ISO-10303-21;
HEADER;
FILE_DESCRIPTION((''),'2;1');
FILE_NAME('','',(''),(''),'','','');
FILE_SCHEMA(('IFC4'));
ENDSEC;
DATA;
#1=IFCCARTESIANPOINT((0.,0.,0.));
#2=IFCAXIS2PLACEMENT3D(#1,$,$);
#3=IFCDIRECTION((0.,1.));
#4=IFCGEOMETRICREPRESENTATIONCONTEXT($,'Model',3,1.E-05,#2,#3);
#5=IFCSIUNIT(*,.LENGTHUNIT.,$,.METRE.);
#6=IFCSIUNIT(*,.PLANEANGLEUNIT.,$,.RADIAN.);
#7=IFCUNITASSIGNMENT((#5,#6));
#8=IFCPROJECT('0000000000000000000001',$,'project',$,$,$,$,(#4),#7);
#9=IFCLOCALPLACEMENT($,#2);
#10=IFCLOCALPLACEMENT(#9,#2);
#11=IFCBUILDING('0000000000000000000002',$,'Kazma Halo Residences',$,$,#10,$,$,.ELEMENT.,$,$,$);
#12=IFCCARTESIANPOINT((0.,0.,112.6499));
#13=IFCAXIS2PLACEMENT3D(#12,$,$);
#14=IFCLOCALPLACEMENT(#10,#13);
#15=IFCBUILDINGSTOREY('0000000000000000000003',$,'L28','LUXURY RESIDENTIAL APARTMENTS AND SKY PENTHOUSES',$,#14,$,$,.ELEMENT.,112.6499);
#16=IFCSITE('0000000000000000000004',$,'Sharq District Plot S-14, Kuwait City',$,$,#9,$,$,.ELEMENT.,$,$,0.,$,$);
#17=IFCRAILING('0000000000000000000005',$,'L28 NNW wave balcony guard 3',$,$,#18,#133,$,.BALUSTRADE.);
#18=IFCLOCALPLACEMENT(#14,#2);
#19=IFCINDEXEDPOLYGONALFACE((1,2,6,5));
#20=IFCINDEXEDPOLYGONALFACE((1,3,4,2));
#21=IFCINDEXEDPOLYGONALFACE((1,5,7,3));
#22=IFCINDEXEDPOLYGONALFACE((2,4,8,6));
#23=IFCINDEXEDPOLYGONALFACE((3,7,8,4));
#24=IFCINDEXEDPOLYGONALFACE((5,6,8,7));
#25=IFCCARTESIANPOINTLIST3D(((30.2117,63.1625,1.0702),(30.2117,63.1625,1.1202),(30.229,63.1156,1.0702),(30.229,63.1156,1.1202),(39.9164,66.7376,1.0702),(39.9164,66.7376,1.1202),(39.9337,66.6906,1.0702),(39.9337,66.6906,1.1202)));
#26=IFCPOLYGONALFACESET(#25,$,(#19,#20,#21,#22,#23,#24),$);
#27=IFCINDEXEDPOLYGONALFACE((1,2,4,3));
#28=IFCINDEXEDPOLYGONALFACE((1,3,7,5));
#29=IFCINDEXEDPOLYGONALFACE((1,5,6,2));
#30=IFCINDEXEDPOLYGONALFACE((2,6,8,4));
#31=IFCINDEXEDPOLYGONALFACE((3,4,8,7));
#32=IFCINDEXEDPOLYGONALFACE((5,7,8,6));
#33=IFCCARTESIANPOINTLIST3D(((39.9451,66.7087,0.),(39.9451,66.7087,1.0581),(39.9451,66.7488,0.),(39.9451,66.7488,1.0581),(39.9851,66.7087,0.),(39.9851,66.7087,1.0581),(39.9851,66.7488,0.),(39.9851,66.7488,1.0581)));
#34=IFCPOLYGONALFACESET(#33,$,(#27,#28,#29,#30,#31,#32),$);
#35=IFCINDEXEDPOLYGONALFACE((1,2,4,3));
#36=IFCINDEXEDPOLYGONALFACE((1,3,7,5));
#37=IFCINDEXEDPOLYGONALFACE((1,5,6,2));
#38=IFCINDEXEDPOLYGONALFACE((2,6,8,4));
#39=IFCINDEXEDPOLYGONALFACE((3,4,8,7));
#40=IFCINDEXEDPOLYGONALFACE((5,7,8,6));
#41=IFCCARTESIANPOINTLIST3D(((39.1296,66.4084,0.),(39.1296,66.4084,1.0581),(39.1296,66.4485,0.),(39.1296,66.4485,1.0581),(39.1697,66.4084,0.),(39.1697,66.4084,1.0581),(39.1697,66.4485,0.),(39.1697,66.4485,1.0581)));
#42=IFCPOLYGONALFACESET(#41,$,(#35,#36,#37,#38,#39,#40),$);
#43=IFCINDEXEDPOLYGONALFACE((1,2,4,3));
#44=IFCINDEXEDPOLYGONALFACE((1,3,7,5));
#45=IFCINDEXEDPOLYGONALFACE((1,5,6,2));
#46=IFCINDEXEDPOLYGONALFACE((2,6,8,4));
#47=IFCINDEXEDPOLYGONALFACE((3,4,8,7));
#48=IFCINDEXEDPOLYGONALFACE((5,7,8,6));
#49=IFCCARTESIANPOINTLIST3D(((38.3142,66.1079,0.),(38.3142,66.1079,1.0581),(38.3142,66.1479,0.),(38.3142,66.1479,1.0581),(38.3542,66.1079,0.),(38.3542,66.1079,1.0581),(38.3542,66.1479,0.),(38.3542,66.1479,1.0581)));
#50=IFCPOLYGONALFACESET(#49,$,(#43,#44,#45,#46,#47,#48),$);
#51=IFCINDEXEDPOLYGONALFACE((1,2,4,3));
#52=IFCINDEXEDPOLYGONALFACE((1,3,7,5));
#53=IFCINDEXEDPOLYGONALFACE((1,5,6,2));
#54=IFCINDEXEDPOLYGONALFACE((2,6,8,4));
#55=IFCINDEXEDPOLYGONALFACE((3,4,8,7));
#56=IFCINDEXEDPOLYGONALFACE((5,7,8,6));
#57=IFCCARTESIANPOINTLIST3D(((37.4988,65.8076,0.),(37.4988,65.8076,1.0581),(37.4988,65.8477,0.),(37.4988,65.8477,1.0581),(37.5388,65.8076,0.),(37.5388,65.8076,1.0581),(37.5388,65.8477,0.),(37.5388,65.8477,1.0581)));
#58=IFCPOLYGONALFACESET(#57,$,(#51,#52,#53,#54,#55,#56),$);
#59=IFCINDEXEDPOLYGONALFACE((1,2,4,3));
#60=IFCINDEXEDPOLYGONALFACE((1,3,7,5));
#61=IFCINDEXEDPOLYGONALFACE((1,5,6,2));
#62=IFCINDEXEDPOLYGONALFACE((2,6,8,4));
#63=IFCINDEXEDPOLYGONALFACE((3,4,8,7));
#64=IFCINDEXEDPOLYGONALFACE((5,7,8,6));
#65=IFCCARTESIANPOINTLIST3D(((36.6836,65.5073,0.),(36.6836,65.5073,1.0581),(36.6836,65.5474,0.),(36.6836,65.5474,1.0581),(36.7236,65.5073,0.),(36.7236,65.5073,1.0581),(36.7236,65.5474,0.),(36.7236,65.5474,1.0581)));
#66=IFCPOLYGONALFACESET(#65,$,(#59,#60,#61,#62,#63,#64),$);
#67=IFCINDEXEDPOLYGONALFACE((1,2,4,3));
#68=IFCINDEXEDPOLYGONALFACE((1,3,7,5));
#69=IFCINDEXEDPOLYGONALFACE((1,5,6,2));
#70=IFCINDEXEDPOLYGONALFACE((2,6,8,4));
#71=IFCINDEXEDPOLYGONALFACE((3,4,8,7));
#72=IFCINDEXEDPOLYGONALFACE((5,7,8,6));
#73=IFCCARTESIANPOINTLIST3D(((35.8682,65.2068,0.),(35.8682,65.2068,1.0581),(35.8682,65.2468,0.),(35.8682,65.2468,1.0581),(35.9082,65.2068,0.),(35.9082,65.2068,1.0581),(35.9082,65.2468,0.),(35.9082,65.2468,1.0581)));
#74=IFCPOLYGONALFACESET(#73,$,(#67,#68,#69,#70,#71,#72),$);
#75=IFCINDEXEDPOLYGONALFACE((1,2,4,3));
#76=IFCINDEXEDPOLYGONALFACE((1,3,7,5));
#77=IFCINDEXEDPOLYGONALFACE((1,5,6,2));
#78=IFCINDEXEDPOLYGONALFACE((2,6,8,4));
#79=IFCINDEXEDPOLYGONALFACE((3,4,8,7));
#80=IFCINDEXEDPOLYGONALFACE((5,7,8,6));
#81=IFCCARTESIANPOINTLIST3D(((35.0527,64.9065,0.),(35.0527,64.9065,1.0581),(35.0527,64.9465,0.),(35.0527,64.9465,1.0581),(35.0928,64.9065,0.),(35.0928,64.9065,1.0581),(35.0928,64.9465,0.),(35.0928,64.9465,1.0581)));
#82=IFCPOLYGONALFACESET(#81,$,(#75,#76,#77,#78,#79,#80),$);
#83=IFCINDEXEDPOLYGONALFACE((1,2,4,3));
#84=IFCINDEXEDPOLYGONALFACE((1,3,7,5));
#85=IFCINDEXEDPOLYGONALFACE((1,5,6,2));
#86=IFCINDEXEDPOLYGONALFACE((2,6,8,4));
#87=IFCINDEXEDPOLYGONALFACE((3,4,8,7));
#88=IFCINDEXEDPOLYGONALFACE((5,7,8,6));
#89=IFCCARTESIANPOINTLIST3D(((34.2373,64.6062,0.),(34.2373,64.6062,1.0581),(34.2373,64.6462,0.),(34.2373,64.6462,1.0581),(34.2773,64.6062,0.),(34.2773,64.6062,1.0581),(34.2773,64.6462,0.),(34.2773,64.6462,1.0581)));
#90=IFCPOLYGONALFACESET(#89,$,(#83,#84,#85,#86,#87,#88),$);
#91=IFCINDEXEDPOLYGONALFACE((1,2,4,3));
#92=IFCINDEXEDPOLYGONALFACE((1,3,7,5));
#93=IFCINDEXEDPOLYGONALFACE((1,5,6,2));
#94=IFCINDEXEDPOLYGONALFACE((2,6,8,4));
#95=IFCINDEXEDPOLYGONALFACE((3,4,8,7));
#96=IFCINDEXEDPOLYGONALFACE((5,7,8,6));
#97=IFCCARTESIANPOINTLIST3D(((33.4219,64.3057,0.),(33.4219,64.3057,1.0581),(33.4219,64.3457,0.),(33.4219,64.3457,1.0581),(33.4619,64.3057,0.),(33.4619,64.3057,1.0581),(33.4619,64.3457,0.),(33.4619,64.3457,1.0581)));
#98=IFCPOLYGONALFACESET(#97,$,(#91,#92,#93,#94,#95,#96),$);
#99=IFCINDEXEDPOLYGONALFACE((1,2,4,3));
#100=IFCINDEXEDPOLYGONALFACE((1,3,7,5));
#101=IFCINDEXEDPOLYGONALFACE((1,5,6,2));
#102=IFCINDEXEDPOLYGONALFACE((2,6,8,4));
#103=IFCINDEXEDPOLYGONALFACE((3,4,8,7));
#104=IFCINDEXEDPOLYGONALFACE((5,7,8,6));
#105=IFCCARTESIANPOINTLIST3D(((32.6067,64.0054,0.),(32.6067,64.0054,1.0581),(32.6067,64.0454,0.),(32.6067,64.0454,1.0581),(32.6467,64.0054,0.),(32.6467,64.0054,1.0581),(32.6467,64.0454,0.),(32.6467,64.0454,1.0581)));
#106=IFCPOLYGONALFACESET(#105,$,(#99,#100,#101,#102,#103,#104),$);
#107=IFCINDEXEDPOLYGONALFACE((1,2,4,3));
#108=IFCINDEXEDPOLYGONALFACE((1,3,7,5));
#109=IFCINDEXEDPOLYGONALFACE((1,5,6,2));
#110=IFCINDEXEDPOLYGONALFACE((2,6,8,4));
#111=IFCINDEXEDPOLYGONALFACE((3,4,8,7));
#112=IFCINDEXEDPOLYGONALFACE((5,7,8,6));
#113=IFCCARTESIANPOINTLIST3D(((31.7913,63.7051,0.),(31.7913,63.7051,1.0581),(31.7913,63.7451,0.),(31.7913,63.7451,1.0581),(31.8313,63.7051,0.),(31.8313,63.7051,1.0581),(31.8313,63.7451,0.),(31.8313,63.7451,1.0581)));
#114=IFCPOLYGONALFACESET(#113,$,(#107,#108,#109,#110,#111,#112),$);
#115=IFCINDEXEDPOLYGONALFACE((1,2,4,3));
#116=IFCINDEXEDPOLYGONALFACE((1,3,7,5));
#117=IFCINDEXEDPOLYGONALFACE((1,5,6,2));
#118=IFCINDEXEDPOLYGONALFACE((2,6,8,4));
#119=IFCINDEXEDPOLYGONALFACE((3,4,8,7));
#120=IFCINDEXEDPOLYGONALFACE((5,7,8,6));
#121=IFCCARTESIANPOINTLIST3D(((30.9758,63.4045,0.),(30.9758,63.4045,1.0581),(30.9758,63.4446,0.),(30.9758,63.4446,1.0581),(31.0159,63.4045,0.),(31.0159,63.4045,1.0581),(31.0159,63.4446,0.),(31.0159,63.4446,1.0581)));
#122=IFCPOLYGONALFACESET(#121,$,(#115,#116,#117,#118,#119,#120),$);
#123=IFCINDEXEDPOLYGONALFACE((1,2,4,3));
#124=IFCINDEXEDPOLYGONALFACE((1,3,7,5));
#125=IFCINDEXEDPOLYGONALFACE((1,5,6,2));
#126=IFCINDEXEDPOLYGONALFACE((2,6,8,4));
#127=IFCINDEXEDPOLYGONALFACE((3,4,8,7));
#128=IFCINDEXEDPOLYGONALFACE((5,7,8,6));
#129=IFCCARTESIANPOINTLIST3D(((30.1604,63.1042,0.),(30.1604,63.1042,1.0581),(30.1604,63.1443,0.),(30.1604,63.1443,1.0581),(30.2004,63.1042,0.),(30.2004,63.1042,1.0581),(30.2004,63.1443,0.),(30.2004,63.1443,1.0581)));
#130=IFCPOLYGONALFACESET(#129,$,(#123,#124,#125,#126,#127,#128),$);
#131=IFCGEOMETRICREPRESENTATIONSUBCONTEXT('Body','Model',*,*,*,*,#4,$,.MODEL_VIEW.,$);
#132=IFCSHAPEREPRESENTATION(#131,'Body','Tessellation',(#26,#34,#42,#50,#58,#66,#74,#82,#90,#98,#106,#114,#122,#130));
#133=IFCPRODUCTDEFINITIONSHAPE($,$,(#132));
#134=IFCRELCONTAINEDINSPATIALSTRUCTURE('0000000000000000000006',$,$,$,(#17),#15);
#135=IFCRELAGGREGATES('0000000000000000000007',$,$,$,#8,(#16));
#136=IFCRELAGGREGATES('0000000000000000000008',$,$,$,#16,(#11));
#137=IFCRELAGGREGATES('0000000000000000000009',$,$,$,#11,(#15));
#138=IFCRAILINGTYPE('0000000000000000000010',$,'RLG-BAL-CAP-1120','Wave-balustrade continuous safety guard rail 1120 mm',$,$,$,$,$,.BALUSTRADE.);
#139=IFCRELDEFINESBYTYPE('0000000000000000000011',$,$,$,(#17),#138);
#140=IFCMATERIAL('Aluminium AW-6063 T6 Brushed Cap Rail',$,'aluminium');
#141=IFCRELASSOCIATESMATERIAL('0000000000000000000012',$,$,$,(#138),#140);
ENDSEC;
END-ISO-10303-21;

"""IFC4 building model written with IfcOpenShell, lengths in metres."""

from ifc_helpers import new_model, si_unit, direction, frame, origin, origin_2d, place, context, subcontext, project, spatial, rectangle, extrude, material, type_object, element, save


model = new_model("IFC4")

# Units and contexts
model_context = context("Model", 3, precision=1e-05, world=origin(), true_north=direction((0.0, 1.0)))
body_context = subcontext(model_context, "Body", "Model", "MODEL_VIEW")
ifc_project = project(units=[si_unit("LENGTHUNIT", "METRE"), si_unit("PLANEANGLEUNIT", "RADIAN")], contexts=[model_context])

# Site, building, storey
site_placement = place(None, origin())
site = spatial("IfcSite", under=ifc_project, at=site_placement, Name="Sharq District Plot S-14, Kuwait City", CompositionType="ELEMENT", RefElevation=0.0)
building_placement = place(site_placement, origin())
building = spatial("IfcBuilding", under=site, at=building_placement, Name="Kazma Halo Residences", CompositionType="ELEMENT")
storey_placement = place(building_placement, frame((0.0, 0.0, 112.6499)))
storey = spatial("IfcBuildingStorey", under=building, at=storey_placement, Name="L28", Description="LUXURY RESIDENTIAL APARTMENTS AND SKY PENTHOUSES", CompositionType="ELEMENT", Elevation=112.6499)

# Railing
ifc_material_1 = material(Name="Aluminium AW-6063 T6 Brushed Cap Rail", Category="aluminium")
railing_type = type_object("IfcRailingType", Name="RLG-BAL-CAP-1120", Description="Wave-balustrade continuous safety guard rail 1120 mm", PredefinedType="BALUSTRADE", material=ifc_material_1)
railing_placement = place(storey_placement, frame((39.9651, 66.7288, 0.0)))
element("IfcRailing", 1, at=railing_placement, inside=storey, type_object=railing_type, Name="L28 NNW wave balcony guard 3", PredefinedType="BALUSTRADE", context=body_context, shape_type="SweptSolid", body=[
    extrude(rectangle(XDim=0.05, YDim=0.05, at=origin_2d()), frame((-0.04, -0.0146, 1.0952), z_axis=(-0.938355, -0.345673, 0.0), x_axis=(0.345673, -0.938355, 0.0)), (0.0, 0.0, 1.0), 10.3423),
    extrude(rectangle(XDim=0.04, YDim=0.04, at=origin_2d()), origin(), (0.0, 0.0, 1.0), 1.0581),
    extrude(rectangle(XDim=0.04, YDim=0.04, at=origin_2d()), frame((-0.8154, -0.3003, 0.0)), (0.0, 0.0, 1.0), 1.0581),
    extrude(rectangle(XDim=0.04, YDim=0.04, at=origin_2d()), frame((-1.6309, -0.6008, 0.0)), (0.0, 0.0, 1.0), 1.0581),
    extrude(rectangle(XDim=0.04, YDim=0.04, at=origin_2d()), frame((-2.4463, -0.9011, 0.0)), (0.0, 0.0, 1.0), 1.0581),
    extrude(rectangle(XDim=0.04, YDim=0.04, at=origin_2d()), frame((-3.2615, -1.2014, 0.0)), (0.0, 0.0, 1.0), 1.0581),
    extrude(rectangle(XDim=0.04, YDim=0.04, at=origin_2d()), frame((-4.0769, -1.502, 0.0)), (0.0, 0.0, 1.0), 1.0581),
    extrude(rectangle(XDim=0.04, YDim=0.04, at=origin_2d()), frame((-4.8923, -1.8022, 0.0)), (0.0, 0.0, 1.0), 1.0581),
    extrude(rectangle(XDim=0.04, YDim=0.04, at=origin_2d()), frame((-5.7078, -2.1025, 0.0)), (0.0, 0.0, 1.0), 1.0581),
    extrude(rectangle(XDim=0.04, YDim=0.04, at=origin_2d()), frame((-6.5232, -2.4031, 0.0)), (0.0, 0.0, 1.0), 1.0581),
    extrude(rectangle(XDim=0.04, YDim=0.04, at=origin_2d()), frame((-7.3384, -2.7034, 0.0)), (0.0, 0.0, 1.0), 1.0581),
    extrude(rectangle(XDim=0.04, YDim=0.04, at=origin_2d()), frame((-8.1538, -3.0037, 0.0)), (0.0, 0.0, 1.0), 1.0581),
    extrude(rectangle(XDim=0.04, YDim=0.04, at=origin_2d()), frame((-8.9692, -3.3042, 0.0)), (0.0, 0.0, 1.0), 1.0581),
    extrude(rectangle(XDim=0.04, YDim=0.04, at=origin_2d()), frame((-9.7847, -3.6045, 0.0)), (0.0, 0.0, 1.0), 1.0581),
])

save(model, "model.ifc")
